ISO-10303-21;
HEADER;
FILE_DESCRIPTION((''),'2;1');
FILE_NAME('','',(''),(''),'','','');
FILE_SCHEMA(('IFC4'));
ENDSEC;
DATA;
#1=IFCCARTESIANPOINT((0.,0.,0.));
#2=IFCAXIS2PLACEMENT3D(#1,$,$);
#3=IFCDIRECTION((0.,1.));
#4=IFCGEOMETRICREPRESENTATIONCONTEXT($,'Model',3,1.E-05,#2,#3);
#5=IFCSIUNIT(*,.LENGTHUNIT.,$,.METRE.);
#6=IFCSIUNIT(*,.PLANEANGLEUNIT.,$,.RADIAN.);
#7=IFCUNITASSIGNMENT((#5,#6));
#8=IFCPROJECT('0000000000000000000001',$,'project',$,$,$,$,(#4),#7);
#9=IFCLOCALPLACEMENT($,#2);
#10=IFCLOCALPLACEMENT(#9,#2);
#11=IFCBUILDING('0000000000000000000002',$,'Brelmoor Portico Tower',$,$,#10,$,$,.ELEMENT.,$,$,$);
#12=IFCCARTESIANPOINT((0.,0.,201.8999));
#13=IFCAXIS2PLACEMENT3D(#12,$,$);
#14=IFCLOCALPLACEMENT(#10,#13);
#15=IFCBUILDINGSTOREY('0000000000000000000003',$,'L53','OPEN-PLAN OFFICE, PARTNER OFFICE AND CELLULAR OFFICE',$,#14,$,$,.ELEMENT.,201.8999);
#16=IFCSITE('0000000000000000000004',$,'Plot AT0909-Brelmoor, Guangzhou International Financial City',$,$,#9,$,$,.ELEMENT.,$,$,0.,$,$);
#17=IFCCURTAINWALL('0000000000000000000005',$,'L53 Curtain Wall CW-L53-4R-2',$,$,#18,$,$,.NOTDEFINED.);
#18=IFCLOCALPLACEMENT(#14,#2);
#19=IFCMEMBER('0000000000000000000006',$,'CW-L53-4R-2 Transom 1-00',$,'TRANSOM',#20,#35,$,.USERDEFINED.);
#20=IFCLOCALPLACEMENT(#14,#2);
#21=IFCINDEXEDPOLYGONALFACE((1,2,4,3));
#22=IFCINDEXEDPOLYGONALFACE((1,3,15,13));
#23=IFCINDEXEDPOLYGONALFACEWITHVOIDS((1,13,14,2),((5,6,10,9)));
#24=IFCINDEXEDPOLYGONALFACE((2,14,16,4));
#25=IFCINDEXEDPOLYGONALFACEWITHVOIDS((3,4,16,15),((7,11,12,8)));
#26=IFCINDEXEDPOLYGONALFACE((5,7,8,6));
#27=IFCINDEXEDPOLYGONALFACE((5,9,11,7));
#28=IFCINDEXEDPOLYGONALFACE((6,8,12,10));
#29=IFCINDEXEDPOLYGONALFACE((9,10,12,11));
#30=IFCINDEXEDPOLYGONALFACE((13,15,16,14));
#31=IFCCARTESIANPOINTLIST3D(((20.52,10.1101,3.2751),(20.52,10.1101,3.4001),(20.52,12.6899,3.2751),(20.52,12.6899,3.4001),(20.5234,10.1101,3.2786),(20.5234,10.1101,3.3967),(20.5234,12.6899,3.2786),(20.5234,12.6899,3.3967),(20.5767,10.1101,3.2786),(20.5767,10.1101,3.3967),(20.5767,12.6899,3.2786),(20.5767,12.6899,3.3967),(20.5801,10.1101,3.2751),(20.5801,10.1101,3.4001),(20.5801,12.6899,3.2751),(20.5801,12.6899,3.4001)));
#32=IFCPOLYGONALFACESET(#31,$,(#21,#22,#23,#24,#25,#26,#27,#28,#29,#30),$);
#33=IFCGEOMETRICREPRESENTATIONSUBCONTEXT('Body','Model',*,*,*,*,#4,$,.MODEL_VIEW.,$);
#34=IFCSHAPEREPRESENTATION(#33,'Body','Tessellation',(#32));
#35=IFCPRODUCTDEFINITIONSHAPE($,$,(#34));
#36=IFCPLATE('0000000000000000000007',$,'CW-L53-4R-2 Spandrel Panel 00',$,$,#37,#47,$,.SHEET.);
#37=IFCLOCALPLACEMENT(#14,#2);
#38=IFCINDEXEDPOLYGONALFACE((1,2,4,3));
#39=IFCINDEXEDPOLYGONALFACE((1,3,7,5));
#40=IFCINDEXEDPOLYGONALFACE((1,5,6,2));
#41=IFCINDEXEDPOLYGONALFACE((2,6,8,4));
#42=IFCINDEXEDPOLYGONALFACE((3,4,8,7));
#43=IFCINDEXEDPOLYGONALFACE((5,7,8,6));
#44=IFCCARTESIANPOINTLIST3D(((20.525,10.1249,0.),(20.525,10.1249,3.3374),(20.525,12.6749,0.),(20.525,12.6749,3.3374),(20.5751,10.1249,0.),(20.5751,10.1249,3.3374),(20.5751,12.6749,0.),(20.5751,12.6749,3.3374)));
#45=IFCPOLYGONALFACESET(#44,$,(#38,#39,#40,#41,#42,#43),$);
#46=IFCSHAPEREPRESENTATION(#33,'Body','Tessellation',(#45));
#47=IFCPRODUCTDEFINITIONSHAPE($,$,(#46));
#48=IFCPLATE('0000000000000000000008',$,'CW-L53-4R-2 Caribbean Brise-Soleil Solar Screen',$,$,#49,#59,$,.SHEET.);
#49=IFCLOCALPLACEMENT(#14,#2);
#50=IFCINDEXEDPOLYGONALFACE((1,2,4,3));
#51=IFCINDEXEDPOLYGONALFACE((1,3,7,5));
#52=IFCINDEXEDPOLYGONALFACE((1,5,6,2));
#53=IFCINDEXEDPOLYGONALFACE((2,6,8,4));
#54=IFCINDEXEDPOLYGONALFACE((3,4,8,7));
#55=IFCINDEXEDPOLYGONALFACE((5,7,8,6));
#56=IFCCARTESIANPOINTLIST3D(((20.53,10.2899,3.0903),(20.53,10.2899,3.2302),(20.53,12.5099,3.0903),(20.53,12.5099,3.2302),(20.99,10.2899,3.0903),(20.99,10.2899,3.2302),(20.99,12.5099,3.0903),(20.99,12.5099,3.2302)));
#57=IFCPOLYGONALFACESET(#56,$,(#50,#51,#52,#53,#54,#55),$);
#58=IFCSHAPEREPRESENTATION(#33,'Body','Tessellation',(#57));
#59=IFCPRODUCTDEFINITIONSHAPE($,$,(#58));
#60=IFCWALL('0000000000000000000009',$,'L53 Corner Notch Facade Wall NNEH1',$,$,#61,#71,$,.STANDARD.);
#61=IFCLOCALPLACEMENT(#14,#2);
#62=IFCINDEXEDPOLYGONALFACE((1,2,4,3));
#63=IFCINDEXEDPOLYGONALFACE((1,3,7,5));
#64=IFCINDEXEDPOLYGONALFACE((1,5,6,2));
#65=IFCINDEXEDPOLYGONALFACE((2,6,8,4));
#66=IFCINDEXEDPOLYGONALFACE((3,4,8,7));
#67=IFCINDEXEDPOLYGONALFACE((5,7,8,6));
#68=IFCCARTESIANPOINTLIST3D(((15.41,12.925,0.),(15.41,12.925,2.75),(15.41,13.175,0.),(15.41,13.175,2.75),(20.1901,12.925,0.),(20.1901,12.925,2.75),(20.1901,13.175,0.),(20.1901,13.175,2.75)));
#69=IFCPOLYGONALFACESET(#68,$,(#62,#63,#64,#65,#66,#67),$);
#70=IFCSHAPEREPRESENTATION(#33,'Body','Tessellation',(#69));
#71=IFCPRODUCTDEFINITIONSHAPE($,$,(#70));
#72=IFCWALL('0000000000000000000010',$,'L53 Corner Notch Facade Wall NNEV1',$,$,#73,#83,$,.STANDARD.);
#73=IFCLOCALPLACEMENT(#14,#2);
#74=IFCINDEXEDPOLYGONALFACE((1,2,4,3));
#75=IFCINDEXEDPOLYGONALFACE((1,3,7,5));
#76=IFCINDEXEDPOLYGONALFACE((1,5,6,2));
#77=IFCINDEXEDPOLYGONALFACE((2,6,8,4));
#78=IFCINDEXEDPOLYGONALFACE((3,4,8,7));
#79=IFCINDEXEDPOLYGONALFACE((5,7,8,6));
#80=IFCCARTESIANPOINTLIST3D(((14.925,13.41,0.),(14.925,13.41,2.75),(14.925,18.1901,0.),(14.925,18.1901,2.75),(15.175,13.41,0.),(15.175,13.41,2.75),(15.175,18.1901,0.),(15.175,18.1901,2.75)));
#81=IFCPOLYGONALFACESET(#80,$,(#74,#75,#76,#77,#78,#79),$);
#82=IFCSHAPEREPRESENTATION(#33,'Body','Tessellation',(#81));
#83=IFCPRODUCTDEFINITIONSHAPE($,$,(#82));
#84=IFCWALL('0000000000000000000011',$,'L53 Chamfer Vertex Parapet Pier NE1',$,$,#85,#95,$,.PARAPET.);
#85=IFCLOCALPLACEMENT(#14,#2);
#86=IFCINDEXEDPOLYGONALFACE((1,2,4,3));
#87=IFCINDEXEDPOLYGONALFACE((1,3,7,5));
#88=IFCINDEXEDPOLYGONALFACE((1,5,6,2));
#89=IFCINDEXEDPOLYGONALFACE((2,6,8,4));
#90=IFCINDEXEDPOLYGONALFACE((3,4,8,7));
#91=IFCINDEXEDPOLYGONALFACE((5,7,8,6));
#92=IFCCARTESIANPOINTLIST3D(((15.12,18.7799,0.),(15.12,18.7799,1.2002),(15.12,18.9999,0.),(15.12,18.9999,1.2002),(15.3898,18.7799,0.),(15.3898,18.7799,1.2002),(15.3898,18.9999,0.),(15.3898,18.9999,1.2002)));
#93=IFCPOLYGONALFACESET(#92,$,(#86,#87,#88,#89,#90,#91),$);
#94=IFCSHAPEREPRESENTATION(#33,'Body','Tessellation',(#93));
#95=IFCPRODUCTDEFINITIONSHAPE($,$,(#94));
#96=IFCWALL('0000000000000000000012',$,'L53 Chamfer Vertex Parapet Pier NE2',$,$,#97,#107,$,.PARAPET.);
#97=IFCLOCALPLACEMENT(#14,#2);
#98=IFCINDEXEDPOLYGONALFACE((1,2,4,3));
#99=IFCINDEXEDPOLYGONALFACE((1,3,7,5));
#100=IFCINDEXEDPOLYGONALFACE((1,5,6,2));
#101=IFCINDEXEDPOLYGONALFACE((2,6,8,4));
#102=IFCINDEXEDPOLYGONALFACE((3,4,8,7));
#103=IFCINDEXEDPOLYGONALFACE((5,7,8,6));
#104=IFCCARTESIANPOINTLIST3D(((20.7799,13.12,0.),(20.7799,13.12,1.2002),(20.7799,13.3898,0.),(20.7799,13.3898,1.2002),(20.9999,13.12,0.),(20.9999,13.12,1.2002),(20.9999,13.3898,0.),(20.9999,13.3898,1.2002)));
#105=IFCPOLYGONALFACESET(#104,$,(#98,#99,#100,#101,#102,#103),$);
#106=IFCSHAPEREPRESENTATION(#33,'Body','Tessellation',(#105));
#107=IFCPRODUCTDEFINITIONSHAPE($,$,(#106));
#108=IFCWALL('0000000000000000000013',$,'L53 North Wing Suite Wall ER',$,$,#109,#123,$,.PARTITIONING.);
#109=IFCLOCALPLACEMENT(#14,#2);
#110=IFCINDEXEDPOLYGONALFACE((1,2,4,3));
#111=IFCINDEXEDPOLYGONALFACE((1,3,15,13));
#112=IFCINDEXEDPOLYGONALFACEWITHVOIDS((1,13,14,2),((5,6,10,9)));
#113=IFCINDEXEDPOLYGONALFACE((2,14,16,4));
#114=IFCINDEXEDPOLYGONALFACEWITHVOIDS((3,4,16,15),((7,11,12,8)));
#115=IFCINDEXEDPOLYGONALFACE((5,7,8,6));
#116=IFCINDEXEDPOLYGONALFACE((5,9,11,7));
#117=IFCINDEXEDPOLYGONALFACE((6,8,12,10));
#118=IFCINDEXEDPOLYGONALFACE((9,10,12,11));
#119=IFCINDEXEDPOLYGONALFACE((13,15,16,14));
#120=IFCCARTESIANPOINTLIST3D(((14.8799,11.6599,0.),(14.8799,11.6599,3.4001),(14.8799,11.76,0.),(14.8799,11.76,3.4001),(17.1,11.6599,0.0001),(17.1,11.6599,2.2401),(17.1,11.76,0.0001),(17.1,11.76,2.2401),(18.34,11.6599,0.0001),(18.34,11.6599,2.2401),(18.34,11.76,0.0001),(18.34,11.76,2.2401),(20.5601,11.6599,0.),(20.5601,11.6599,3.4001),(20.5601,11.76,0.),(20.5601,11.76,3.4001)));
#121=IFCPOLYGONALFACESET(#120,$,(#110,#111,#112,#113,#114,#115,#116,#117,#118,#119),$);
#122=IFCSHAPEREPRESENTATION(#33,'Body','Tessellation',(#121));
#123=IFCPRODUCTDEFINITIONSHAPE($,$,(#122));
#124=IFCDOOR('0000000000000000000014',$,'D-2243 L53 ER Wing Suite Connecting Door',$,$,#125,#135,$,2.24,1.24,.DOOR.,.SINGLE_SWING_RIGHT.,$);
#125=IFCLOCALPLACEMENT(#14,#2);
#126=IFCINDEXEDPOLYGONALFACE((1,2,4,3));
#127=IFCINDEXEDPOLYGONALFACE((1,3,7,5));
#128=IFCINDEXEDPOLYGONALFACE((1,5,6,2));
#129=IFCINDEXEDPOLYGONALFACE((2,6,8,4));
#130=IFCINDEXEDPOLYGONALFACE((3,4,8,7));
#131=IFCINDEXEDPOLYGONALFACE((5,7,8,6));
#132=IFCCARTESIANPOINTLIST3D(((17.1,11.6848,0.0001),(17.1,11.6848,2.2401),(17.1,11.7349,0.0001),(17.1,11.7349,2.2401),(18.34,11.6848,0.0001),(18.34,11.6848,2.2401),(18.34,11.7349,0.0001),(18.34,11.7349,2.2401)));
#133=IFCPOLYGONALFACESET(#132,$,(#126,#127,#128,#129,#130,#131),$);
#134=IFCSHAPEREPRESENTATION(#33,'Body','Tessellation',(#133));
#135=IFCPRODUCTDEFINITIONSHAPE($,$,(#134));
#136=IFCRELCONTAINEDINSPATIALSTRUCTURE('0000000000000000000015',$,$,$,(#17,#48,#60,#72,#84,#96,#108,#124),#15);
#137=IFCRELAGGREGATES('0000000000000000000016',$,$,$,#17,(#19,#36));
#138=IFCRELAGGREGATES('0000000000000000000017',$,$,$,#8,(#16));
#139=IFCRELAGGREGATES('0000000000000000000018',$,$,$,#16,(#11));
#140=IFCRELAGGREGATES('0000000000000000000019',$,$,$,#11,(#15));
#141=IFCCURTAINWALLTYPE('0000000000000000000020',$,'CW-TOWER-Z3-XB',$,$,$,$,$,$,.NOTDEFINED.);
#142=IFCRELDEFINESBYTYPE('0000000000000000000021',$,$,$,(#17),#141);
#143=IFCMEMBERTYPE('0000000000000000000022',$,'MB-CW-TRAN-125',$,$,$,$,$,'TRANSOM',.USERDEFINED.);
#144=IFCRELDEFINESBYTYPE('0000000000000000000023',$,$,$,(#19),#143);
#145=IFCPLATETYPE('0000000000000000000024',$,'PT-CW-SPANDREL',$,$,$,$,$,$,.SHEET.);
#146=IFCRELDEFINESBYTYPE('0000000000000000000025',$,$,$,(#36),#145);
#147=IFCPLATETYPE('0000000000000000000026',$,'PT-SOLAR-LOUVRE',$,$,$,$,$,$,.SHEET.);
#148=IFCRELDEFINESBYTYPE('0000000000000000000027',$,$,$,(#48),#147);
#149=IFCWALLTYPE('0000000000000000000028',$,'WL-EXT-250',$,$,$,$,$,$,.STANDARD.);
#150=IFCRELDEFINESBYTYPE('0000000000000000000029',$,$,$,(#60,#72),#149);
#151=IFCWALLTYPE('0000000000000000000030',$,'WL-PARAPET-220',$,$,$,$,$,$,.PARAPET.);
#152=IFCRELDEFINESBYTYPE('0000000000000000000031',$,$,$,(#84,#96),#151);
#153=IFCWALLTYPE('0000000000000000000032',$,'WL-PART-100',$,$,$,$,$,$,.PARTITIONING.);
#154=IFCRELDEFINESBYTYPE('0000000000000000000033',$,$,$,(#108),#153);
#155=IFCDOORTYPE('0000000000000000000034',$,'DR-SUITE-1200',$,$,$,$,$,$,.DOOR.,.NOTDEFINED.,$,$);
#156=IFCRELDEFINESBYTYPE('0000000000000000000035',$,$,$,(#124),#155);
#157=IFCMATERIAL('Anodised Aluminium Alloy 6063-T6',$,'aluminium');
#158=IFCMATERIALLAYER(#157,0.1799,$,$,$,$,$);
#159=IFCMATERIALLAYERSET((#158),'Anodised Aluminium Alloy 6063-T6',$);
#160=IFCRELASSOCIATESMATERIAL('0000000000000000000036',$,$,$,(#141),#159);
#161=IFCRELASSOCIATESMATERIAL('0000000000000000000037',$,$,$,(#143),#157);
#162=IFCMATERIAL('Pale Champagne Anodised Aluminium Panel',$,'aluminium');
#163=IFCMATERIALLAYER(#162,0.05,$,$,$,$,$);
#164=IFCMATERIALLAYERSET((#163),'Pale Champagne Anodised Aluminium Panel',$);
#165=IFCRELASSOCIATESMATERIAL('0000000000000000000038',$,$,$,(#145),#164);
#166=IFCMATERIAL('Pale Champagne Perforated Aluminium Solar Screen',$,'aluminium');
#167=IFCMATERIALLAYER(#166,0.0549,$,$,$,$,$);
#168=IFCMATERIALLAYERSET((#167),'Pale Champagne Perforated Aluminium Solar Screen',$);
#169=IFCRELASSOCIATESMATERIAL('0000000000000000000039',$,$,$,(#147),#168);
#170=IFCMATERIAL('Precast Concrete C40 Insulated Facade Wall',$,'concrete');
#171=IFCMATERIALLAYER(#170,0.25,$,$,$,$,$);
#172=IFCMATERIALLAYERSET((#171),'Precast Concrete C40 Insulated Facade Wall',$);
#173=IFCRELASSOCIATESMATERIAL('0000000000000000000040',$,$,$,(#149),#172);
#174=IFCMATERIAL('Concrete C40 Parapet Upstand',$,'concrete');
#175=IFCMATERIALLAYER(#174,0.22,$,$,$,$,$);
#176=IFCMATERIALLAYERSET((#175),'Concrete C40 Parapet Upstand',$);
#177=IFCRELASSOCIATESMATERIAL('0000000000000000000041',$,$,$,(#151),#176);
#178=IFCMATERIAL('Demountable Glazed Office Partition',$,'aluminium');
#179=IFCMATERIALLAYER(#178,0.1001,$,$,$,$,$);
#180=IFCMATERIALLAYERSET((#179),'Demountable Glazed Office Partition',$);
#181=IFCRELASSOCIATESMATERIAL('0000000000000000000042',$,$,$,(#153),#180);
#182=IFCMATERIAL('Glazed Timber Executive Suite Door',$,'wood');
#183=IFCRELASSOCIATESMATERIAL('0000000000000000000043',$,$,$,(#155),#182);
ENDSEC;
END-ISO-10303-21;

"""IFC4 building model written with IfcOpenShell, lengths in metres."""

from ifc_helpers import new_model, si_unit, direction, frame, frame_2d, origin, origin_2d, place, context, subcontext, project, spatial, rectangle, hollow_rectangle, extrude, material, layer, layer_set, material_profile, profile_set, type_object, element, fill, aggregate, save


model = new_model("IFC4")

# Units and contexts
model_context = context("Model", 3, precision=1e-05, world=origin(), true_north=direction((0.0, 1.0)))
body_context = subcontext(model_context, "Body", "Model", "MODEL_VIEW")
ifc_project = project(units=[si_unit("LENGTHUNIT", "METRE"), si_unit("PLANEANGLEUNIT", "RADIAN")], contexts=[model_context])

# Site, building, storey
site_placement = place(None, origin())
site = spatial("IfcSite", under=ifc_project, at=site_placement, Name="Plot AT0909-Brelmoor, Guangzhou International Financial City", CompositionType="ELEMENT", RefElevation=0.0)
building_placement = place(site_placement, origin())
building = spatial("IfcBuilding", under=site, at=building_placement, Name="Brelmoor Portico Tower", CompositionType="ELEMENT")
storey_placement = place(building_placement, frame((0.0, 0.0, 201.8999)))
storey = spatial("IfcBuildingStorey", under=building, at=storey_placement, Name="L53", Description="OPEN-PLAN OFFICE, PARTNER OFFICE AND CELLULAR OFFICE", CompositionType="ELEMENT", Elevation=201.8999)

# Shared definitions
ifc_material_1 = material(Name="Anodised Aluminium Alloy 6063-T6", Category="aluminium")
ifc_layer_1 = layer(ifc_material_1, 0.1799)
ifc_layer_set_1 = layer_set([ifc_layer_1], Name="Anodised Aluminium Alloy 6063-T6")
curtain_wall_type = type_object("IfcCurtainWallType", Name="CW-TOWER-Z3-XB", PredefinedType="NOTDEFINED", material=ifc_layer_set_1)

# Curtain wall, member, plate
curtain_wall_1_placement = place(storey_placement, origin())
curtain_wall_1 = element("IfcCurtainWall", 1, at=curtain_wall_1_placement, inside=storey, type_object=curtain_wall_type, Name="L53 Curtain Wall CW-L53-4R-2", PredefinedType="NOTDEFINED")
ifc_material_profile_1 = material_profile(ifc_material_1, hollow_rectangle(XDim=0.0601, YDim=0.125, WallThickness=0.0034, at=origin_2d()), Name="ALU TRANSOM 60x125")
ifc_profile_set_1 = profile_set([ifc_material_profile_1], Name="Anodised Aluminium Alloy 6063-T6")
member_type_1 = type_object("IfcMemberType", Name="MB-CW-TRAN-125", ElementType="TRANSOM", PredefinedType="USERDEFINED", material=ifc_profile_set_1)
member_1_placement = place(storey_placement, frame((20.55, 10.1101, 3.3376), z_axis=(0.0, 1.0, 0.0), x_axis=(-1.0, 0.0, 0.0)))
member_1 = element("IfcMember", 2, at=member_1_placement, type_object=member_type_1, Name="CW-L53-4R-2 Transom 1-00", ObjectType="TRANSOM", PredefinedType="USERDEFINED", context=body_context, shape_type="SweptSolid", body=[
    extrude(hollow_rectangle(XDim=0.0601, YDim=0.125, WallThickness=0.0034, at=origin_2d()), origin(), (0.0, 0.0, 1.0), 2.5798),
])
ifc_material_2 = material(Name="Pale Champagne Anodised Aluminium Panel", Category="aluminium")
ifc_layer_2 = layer(ifc_material_2, 0.05)
ifc_layer_set_2 = layer_set([ifc_layer_2], Name="Pale Champagne Anodised Aluminium Panel")
plate_type_1 = type_object("IfcPlateType", Name="PT-CW-SPANDREL", PredefinedType="SHEET", material=ifc_layer_set_2)
plate_1_placement = place(storey_placement, frame((20.55, 11.3999, 0.0), z_axis=(0.0, 0.0, 1.0), x_axis=(0.0, 1.0, 0.0)))
plate_1 = element("IfcPlate", 3, at=plate_1_placement, type_object=plate_type_1, Name="CW-L53-4R-2 Spandrel Panel 00", PredefinedType="SHEET", context=body_context, shape_type="SweptSolid", body=[
    extrude(rectangle(XDim=2.55, YDim=0.05, at=origin_2d()), origin(), (0.0, 0.0, 1.0), 3.3374),
])
aggregate(curtain_wall_1, [member_1, plate_1])

# Plate
ifc_material_3 = material(Name="Pale Champagne Perforated Aluminium Solar Screen", Category="aluminium")
ifc_layer_3 = layer(ifc_material_3, 0.0549)
ifc_layer_set_3 = layer_set([ifc_layer_3], Name="Pale Champagne Perforated Aluminium Solar Screen")
plate_type_2 = type_object("IfcPlateType", Name="PT-SOLAR-LOUVRE", PredefinedType="SHEET", material=ifc_layer_set_3)
plate_2_placement = place(storey_placement, frame((20.76, 11.3999, 3.0903), z_axis=(0.0, 0.0, 1.0), x_axis=(0.0, 1.0, 0.0)))
element("IfcPlate", 4, at=plate_2_placement, inside=storey, type_object=plate_type_2, Name="CW-L53-4R-2 Caribbean Brise-Soleil Solar Screen", PredefinedType="SHEET", context=body_context, shape_type="SweptSolid", body=[
    extrude(rectangle(XDim=2.22, YDim=0.46, at=origin_2d()), origin(), (0.0, 0.0, 1.0), 0.1399),
])

# Walls
ifc_material_4 = material(Name="Precast Concrete C40 Insulated Facade Wall", Category="concrete")
ifc_layer_4 = layer(ifc_material_4, 0.25)
ifc_layer_set_4 = layer_set([ifc_layer_4], Name="Precast Concrete C40 Insulated Facade Wall")
wall_type_1 = type_object("IfcWallType", Name="WL-EXT-250", PredefinedType="STANDARD", material=ifc_layer_set_4)
for number, where, z_axis, x_axis, name in (
    (5, (15.4099, 13.05, 0.0), (0.0, 0.0, 1.0), (1.0, 0.0, 0.0), "L53 Corner Notch Facade Wall NNEH1"),
    (6, (15.05, 13.4099, 0.0), (0.0, 0.0, 1.0), (0.0, 1.0, 0.0), "L53 Corner Notch Facade Wall NNEV1"),
):
    element("IfcWall", number, at=place(storey_placement, frame(where, z_axis=z_axis, x_axis=x_axis)), inside=storey, type_object=wall_type_1, Name=name, PredefinedType="STANDARD", context=body_context, shape_type="SweptSolid", body=[
        extrude(rectangle(XDim=4.78, YDim=0.25, at=frame_2d((2.3901, 0.0))), origin(), (0.0, 0.0, 1.0), 2.75),
    ])
ifc_material_5 = material(Name="Concrete C40 Parapet Upstand", Category="concrete")
ifc_layer_5 = layer(ifc_material_5, 0.22)
ifc_layer_set_5 = layer_set([ifc_layer_5], Name="Concrete C40 Parapet Upstand")
wall_type_2 = type_object("IfcWallType", Name="WL-PARAPET-220", PredefinedType="PARAPET", material=ifc_layer_set_5)
for number, where, z_axis, x_axis, name in (
    (7, (15.1201, 18.8899, 0.0), (0.0, 0.0, 1.0), (1.0, 0.0, 0.0), "L53 Chamfer Vertex Parapet Pier NE1"),
    (8, (20.8899, 13.1201, 0.0), (0.0, 0.0, 1.0), (0.0, 1.0, 0.0), "L53 Chamfer Vertex Parapet Pier NE2"),
):
    element("IfcWall", number, at=place(storey_placement, frame(where, z_axis=z_axis, x_axis=x_axis)), inside=storey, type_object=wall_type_2, Name=name, PredefinedType="PARAPET", context=body_context, shape_type="SweptSolid", body=[
        extrude(rectangle(XDim=0.2698, YDim=0.22, at=frame_2d((0.1348, 0.0))), origin(), (0.0, 0.0, 1.0), 1.2002),
    ])

# Wall, opening, door
ifc_material_6 = material(Name="Demountable Glazed Office Partition", Category="aluminium")
ifc_layer_6 = layer(ifc_material_6, 0.1001)
ifc_layer_set_6 = layer_set([ifc_layer_6], Name="Demountable Glazed Office Partition")
wall_type_3 = type_object("IfcWallType", Name="WL-PART-100", PredefinedType="PARTITIONING", material=ifc_layer_set_6)
wall_placement = place(storey_placement, frame((14.8799, 11.71, 0.0), z_axis=(0.0, 0.0, 1.0), x_axis=(1.0, 0.0, 0.0)))
wall = element("IfcWall", 9, at=wall_placement, inside=storey, type_object=wall_type_3, Name="L53 North Wing Suite Wall ER", PredefinedType="PARTITIONING", context=body_context, shape_type="SweptSolid", body=[
    extrude(rectangle(XDim=5.6802, YDim=0.1001, at=frame_2d((2.8401, 0.0))), origin(), (0.0, 0.0, 1.0), 3.4001),
])
opening_placement = place(wall_placement, frame((2.22, 0.0, 0.0)))
opening = element("IfcOpeningElement", 10, at=opening_placement, cuts=wall, PredefinedType="OPENING", context=body_context, shape_type="SweptSolid", body=[
    extrude(rectangle(XDim=1.24, YDim=2.24, at=frame_2d((0.6201, 1.1201))), frame((0.0, 0.0601, 0.0), z_axis=(0.0, -1.0, 0.0), x_axis=(1.0, 0.0, 0.0)), (0.0, 0.0, 1.0), 0.1201),
])
ifc_material_7 = material(Name="Glazed Timber Executive Suite Door", Category="wood")
door_type = type_object("IfcDoorType", Name="DR-SUITE-1200", OperationType="NOTDEFINED", PredefinedType="DOOR", material=ifc_material_7)
door_placement = place(opening_placement, origin())
door = element("IfcDoor", 11, at=door_placement, inside=storey, type_object=door_type, Name="D-2243 L53 ER Wing Suite Connecting Door", OperationType="SINGLE_SWING_RIGHT", OverallHeight=2.24, OverallWidth=1.24, PredefinedType="DOOR", context=body_context, shape_type="SweptSolid", body=[
    extrude(rectangle(XDim=1.24, YDim=2.24, at=frame_2d((0.6201, 1.1201))), frame((0.0, 0.0249, 0.0), z_axis=(0.0, -1.0, 0.0), x_axis=(1.0, 0.0, 0.0)), (0.0, 0.0, 1.0), 0.05),
])
fill(opening, door)

save(model, "model.ifc")
